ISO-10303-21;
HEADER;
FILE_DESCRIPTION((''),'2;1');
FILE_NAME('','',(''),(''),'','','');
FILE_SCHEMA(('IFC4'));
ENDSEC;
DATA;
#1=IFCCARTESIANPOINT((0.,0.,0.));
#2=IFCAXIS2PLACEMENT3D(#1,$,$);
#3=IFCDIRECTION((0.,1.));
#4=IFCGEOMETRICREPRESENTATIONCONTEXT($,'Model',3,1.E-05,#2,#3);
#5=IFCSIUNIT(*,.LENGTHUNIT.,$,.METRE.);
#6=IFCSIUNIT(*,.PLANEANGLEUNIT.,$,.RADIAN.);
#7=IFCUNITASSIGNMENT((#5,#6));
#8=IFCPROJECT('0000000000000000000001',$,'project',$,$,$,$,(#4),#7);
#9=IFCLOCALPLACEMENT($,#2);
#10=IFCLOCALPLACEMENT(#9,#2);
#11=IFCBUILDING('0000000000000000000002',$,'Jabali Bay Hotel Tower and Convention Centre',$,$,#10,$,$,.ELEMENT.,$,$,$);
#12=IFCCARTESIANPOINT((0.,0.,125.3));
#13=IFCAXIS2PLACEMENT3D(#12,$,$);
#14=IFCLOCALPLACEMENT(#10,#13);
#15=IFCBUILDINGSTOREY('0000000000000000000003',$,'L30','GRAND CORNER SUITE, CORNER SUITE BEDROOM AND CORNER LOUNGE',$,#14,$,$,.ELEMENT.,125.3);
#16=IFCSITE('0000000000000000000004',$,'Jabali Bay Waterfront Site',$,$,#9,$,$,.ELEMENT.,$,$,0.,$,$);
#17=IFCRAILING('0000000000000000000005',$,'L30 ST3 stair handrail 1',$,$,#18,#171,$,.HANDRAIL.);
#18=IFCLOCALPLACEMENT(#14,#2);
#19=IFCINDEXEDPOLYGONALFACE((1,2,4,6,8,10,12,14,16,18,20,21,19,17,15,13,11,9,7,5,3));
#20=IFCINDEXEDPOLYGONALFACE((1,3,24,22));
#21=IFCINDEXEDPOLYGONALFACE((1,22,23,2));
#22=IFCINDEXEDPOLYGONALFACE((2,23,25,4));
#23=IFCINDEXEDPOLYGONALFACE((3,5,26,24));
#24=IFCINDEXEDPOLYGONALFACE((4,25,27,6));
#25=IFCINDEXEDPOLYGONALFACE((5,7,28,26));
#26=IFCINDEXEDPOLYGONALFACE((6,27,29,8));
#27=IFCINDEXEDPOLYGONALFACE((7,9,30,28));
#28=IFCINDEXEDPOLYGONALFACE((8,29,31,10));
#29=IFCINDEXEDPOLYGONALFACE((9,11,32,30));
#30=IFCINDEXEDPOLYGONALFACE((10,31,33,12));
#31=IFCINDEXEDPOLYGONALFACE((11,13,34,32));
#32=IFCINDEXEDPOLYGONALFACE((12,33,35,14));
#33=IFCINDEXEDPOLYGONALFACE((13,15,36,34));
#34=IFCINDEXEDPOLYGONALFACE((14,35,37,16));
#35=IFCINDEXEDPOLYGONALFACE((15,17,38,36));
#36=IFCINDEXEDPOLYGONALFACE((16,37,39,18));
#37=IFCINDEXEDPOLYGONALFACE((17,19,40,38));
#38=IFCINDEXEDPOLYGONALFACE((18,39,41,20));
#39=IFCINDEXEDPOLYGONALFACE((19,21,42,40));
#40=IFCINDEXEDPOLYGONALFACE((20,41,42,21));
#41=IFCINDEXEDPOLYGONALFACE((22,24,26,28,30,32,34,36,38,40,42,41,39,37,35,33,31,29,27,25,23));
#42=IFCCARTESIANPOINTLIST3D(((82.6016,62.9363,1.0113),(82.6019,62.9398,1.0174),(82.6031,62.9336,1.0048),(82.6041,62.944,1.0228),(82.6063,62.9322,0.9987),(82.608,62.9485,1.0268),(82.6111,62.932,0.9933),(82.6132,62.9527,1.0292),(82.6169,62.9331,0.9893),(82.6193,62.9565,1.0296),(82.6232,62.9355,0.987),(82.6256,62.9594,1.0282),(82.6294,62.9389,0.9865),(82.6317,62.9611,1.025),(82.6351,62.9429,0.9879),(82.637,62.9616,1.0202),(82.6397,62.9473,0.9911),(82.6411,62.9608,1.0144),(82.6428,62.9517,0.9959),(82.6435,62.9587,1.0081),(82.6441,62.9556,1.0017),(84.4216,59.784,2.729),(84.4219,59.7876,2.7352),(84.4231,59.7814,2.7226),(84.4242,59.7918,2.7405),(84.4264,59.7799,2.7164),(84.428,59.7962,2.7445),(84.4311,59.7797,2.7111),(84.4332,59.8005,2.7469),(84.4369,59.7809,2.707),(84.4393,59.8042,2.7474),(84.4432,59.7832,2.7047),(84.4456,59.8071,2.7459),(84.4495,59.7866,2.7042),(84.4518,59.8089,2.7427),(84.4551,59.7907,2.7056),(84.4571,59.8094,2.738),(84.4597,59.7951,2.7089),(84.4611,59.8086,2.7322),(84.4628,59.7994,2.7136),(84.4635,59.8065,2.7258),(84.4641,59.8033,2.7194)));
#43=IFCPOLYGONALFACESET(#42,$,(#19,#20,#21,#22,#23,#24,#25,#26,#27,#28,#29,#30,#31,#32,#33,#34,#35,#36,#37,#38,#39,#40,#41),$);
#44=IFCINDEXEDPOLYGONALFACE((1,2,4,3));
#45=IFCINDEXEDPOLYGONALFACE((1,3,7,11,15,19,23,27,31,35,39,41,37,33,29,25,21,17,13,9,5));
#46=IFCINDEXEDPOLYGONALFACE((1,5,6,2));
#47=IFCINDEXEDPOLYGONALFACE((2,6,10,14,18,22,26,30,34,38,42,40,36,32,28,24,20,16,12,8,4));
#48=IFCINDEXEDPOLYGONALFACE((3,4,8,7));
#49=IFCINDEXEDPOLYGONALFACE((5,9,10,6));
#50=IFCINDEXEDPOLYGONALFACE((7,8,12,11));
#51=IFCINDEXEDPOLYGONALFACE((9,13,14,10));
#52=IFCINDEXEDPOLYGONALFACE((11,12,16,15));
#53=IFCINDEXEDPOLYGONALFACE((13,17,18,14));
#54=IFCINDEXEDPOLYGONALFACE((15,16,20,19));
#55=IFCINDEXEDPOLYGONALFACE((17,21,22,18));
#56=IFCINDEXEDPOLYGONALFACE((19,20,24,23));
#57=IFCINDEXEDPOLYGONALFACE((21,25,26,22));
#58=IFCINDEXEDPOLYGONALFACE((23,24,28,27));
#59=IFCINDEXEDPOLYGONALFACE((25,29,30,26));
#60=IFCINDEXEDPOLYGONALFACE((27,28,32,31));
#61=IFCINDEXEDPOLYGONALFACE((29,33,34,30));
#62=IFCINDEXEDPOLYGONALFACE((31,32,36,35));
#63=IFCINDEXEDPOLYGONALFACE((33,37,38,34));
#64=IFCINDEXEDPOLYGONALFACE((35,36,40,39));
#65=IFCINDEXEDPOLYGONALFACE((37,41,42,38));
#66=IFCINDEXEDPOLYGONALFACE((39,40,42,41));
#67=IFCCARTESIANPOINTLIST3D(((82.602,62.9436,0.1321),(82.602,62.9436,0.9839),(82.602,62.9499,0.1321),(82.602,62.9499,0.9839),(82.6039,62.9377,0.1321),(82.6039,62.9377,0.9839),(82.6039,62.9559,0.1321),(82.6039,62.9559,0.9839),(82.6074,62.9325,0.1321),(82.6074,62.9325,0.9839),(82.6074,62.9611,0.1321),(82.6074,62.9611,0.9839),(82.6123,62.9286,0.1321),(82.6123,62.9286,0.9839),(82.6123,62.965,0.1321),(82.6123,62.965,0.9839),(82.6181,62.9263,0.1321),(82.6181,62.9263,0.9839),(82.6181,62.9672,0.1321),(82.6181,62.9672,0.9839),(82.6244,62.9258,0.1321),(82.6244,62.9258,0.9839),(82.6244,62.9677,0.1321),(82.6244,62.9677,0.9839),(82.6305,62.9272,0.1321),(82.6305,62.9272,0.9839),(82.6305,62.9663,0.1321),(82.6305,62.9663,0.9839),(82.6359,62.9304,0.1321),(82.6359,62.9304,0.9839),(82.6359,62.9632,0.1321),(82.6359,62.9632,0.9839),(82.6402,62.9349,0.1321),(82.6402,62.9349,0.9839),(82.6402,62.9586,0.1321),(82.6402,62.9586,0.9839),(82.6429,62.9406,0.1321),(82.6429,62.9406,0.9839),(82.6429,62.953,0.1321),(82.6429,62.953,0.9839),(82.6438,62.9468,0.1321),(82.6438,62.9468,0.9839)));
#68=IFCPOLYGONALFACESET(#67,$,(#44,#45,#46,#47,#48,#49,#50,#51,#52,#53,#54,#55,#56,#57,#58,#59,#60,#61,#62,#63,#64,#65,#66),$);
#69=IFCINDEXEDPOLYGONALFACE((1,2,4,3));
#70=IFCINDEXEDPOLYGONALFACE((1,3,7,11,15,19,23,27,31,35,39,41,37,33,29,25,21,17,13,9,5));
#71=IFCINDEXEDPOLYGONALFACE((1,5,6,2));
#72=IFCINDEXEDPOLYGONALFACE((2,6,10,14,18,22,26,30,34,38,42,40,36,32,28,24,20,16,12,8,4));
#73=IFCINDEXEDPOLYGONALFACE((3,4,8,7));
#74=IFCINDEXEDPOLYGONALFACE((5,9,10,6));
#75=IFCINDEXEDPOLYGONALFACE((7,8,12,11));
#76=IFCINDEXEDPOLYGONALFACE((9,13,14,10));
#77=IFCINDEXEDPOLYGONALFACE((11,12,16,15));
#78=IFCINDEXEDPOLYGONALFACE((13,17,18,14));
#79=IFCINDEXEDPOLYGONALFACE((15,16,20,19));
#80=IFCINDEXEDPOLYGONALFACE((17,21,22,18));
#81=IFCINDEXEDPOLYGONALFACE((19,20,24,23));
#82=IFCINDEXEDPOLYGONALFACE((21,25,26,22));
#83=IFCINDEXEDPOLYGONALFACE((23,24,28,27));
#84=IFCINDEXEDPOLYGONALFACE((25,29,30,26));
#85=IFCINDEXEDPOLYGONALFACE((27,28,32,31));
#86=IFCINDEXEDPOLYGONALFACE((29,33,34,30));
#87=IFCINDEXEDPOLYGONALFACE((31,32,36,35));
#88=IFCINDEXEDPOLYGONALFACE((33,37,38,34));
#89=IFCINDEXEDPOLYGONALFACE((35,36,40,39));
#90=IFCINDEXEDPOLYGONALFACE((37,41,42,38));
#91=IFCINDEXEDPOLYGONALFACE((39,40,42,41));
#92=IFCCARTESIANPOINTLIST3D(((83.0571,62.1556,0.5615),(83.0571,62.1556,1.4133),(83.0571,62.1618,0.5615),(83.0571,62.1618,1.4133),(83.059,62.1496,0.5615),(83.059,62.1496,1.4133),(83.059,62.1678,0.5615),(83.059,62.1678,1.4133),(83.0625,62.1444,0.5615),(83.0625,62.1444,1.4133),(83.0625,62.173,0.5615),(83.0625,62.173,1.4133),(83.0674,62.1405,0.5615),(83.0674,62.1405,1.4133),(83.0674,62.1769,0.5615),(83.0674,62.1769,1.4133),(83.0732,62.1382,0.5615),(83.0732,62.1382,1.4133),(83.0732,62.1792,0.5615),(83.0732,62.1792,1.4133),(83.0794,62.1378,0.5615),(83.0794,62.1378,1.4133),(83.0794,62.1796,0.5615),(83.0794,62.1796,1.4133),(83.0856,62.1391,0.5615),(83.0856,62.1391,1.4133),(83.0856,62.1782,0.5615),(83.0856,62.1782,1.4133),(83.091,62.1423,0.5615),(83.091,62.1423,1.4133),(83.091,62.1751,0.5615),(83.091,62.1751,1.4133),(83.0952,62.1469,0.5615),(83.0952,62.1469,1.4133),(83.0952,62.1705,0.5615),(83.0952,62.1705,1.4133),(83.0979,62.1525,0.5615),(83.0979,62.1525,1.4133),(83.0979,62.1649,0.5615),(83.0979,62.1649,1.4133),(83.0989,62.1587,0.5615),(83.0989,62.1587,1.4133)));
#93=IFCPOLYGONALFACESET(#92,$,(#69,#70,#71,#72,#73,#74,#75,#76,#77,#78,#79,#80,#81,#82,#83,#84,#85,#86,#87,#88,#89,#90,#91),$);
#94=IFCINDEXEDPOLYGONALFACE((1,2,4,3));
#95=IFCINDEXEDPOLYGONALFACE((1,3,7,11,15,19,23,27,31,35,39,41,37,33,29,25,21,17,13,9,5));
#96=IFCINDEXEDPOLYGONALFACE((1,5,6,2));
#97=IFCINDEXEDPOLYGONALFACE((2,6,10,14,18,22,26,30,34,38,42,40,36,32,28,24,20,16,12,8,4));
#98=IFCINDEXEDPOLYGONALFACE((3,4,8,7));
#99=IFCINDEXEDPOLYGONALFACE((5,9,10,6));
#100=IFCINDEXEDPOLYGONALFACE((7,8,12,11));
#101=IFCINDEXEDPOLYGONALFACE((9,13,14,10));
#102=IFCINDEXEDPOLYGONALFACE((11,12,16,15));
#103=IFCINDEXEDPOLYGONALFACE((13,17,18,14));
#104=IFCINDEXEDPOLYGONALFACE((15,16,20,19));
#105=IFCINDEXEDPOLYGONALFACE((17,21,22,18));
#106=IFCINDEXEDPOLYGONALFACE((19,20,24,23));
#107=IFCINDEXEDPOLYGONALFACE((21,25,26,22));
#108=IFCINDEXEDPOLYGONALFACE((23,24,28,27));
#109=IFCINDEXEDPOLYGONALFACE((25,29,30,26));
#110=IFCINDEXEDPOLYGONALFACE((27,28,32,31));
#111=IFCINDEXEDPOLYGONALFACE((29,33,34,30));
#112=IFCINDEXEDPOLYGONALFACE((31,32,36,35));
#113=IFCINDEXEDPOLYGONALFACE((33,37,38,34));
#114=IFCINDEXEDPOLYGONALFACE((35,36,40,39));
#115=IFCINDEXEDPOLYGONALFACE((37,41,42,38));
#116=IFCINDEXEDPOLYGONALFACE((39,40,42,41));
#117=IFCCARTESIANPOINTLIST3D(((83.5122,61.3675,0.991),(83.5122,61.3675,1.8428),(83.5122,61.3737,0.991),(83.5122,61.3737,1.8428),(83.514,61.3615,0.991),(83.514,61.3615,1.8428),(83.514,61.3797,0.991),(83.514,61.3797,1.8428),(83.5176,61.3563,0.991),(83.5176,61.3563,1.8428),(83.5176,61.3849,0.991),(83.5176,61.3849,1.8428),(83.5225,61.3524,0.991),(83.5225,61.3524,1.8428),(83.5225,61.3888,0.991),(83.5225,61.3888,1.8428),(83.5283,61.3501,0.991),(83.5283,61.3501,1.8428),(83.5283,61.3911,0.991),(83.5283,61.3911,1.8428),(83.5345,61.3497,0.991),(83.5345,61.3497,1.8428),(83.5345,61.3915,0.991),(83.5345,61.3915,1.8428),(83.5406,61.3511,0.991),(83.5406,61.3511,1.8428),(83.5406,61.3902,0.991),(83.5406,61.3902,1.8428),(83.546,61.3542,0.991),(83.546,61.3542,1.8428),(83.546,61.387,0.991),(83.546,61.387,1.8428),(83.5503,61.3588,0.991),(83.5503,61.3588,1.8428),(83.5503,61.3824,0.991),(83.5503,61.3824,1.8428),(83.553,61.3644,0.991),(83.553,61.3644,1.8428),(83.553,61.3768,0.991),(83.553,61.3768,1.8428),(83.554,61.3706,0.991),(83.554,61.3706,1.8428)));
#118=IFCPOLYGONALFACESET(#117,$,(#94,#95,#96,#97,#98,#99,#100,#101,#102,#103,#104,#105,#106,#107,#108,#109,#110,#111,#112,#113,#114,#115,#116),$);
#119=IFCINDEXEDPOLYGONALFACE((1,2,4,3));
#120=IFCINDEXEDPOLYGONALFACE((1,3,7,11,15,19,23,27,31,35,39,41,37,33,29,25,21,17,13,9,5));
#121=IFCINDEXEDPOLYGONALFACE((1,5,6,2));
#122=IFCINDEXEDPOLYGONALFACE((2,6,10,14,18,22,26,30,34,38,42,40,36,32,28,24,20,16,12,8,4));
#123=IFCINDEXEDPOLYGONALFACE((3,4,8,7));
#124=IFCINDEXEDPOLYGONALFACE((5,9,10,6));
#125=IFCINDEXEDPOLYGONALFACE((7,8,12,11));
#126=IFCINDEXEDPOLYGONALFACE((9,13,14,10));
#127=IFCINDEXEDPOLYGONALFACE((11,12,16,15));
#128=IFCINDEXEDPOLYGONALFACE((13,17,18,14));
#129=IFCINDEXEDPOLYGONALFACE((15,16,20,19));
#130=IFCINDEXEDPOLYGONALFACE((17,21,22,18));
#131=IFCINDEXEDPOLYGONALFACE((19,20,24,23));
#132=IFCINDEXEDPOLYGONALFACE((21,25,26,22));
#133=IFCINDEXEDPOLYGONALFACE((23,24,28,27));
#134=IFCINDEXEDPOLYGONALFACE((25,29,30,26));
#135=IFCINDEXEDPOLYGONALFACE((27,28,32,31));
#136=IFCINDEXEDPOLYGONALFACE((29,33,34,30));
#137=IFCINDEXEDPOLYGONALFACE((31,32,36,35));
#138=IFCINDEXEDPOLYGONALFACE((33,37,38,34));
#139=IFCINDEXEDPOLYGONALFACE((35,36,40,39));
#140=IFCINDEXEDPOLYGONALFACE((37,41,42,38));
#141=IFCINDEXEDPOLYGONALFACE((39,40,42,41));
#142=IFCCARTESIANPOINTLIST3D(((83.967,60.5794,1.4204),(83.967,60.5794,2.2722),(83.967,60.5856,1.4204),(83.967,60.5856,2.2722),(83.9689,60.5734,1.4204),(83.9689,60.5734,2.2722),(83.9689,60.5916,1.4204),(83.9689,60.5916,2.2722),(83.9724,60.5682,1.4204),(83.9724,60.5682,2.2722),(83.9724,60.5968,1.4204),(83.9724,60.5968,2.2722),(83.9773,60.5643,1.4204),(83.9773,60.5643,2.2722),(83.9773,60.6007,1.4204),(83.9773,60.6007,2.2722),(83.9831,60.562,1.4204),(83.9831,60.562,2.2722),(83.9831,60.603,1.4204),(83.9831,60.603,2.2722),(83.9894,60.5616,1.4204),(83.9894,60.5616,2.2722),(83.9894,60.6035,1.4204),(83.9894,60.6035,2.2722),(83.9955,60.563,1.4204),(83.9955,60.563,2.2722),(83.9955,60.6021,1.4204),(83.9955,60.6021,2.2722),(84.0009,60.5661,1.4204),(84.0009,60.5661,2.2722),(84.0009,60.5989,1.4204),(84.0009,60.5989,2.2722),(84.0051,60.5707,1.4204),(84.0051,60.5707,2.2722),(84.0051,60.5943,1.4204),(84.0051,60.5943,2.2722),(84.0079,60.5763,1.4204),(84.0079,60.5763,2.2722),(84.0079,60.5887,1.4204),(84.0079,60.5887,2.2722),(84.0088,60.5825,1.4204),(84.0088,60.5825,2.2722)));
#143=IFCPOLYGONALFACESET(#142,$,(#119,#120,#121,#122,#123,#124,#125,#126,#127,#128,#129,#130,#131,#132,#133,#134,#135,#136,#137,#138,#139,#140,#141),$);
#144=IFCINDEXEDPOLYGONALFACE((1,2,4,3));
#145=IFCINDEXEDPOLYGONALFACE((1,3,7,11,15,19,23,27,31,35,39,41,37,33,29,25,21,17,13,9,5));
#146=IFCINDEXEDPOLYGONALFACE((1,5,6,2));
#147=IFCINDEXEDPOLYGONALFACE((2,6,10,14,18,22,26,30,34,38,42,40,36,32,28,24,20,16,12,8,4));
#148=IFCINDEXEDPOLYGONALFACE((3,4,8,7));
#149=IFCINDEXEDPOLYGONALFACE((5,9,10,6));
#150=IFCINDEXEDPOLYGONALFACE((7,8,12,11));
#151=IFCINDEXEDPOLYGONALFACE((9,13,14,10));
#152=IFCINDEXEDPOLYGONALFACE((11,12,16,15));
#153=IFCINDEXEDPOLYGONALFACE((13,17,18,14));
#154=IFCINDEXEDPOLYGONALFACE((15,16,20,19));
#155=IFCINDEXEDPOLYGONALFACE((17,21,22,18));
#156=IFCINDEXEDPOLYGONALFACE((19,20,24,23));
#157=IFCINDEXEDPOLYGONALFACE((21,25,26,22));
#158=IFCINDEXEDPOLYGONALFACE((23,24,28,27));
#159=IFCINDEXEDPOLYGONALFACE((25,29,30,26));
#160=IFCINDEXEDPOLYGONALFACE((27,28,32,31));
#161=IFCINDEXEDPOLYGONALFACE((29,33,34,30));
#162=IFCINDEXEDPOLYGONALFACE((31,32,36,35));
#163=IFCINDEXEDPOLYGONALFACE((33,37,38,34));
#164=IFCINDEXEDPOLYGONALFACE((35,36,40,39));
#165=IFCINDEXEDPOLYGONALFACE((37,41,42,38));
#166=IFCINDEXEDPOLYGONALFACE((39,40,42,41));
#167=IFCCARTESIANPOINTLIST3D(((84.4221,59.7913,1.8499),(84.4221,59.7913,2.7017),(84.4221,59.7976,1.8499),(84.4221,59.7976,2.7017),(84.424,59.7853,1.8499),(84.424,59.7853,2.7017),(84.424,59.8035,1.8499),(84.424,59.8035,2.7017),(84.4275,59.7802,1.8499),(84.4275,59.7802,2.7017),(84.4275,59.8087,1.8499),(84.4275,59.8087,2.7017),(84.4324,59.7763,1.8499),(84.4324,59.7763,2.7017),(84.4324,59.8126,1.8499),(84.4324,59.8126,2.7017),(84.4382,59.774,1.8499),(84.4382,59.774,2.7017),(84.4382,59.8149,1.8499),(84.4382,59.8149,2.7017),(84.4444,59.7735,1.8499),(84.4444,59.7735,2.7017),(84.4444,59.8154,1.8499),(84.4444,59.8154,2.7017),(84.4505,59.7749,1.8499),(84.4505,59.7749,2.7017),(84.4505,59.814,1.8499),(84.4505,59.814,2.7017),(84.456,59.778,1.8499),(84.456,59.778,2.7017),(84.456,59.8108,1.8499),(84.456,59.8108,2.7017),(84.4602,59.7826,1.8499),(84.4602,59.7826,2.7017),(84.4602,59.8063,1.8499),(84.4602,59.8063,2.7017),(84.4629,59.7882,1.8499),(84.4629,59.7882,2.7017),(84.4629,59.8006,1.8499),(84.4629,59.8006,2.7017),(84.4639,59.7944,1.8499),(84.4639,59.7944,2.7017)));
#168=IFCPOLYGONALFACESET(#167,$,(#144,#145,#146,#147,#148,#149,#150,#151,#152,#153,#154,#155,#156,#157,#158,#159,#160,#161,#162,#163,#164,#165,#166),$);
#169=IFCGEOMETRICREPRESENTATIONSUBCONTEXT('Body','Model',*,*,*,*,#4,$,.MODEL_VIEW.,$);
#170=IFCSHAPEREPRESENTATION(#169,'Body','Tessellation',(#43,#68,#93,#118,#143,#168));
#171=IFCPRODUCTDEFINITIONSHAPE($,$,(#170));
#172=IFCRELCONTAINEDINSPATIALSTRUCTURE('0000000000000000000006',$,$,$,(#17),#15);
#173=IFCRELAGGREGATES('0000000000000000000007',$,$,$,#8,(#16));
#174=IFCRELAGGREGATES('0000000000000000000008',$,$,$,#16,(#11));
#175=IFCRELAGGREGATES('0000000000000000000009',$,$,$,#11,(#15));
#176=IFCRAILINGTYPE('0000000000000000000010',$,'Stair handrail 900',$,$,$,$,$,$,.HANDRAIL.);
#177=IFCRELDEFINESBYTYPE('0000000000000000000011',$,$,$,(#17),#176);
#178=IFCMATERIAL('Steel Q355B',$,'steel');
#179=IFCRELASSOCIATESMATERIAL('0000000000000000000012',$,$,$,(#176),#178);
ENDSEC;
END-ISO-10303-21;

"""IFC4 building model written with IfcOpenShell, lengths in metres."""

from ifc_helpers import new_model, si_unit, direction, frame, origin, origin_2d, place, context, subcontext, project, spatial, circle, extrude, material, type_object, element, save


model = new_model("IFC4")

# Units and contexts
model_context = context("Model", 3, precision=1e-05, world=origin(), true_north=direction((0.0, 1.0)))
body_context = subcontext(model_context, "Body", "Model", "MODEL_VIEW")
ifc_project = project(units=[si_unit("LENGTHUNIT", "METRE"), si_unit("PLANEANGLEUNIT", "RADIAN")], contexts=[model_context])

# Site, building, storey
site_placement = place(None, origin())
site = spatial("IfcSite", under=ifc_project, at=site_placement, Name="Jabali Bay Waterfront Site", CompositionType="ELEMENT", RefElevation=0.0)
building_placement = place(site_placement, origin())
building = spatial("IfcBuilding", under=site, at=building_placement, Name="Jabali Bay Hotel Tower and Convention Centre", CompositionType="ELEMENT")
storey_placement = place(building_placement, frame((0.0, 0.0, 125.3)))
storey = spatial("IfcBuildingStorey", under=building, at=storey_placement, Name="L30", Description="GRAND CORNER SUITE, CORNER SUITE BEDROOM AND CORNER LOUNGE", CompositionType="ELEMENT", Elevation=125.3)

# Railing
ifc_material_1 = material(Name="Steel Q355B", Category="steel")
railing_type_1 = type_object("IfcRailingType", Name="Stair handrail 900", PredefinedType="HANDRAIL", material=ifc_material_1)
railing_1_placement = place(storey_placement, frame((82.6228, 62.9468, 0.1321)))
element("IfcRailing", 1, at=railing_1_placement, inside=storey, type_object=railing_type_1, Name="L30 ST3 stair handrail 1", PredefinedType="HANDRAIL", context=body_context, shape_type="SweptSolid", body=[
    extrude(circle(Radius=0.0239, at=origin_2d()), frame((0.0, 0.0, 0.876), z_axis=(0.45219, -0.78319, 0.426775), x_axis=(0.866018, 0.500013, 0.0)), (0.0, 0.0, 1.0), 4.0249),
    extrude(circle(Radius=0.021, at=origin_2d()), origin(), (0.0, 0.0, 1.0), 0.8518),
    extrude(circle(Radius=0.021, at=origin_2d()), frame((0.4551, -0.7881, 0.4294)), (0.0, 0.0, 1.0), 0.8518),
    extrude(circle(Radius=0.021, at=origin_2d()), frame((0.9102, -1.5762, 0.8589)), (0.0, 0.0, 1.0), 0.8518),
    extrude(circle(Radius=0.021, at=origin_2d()), frame((1.365, -2.3643, 1.2883)), (0.0, 0.0, 1.0), 0.8518),
    extrude(circle(Radius=0.021, at=origin_2d()), frame((1.8201, -3.1523, 1.7178)), (0.0, 0.0, 1.0), 0.8518),
])

save(model, "model.ifc")
